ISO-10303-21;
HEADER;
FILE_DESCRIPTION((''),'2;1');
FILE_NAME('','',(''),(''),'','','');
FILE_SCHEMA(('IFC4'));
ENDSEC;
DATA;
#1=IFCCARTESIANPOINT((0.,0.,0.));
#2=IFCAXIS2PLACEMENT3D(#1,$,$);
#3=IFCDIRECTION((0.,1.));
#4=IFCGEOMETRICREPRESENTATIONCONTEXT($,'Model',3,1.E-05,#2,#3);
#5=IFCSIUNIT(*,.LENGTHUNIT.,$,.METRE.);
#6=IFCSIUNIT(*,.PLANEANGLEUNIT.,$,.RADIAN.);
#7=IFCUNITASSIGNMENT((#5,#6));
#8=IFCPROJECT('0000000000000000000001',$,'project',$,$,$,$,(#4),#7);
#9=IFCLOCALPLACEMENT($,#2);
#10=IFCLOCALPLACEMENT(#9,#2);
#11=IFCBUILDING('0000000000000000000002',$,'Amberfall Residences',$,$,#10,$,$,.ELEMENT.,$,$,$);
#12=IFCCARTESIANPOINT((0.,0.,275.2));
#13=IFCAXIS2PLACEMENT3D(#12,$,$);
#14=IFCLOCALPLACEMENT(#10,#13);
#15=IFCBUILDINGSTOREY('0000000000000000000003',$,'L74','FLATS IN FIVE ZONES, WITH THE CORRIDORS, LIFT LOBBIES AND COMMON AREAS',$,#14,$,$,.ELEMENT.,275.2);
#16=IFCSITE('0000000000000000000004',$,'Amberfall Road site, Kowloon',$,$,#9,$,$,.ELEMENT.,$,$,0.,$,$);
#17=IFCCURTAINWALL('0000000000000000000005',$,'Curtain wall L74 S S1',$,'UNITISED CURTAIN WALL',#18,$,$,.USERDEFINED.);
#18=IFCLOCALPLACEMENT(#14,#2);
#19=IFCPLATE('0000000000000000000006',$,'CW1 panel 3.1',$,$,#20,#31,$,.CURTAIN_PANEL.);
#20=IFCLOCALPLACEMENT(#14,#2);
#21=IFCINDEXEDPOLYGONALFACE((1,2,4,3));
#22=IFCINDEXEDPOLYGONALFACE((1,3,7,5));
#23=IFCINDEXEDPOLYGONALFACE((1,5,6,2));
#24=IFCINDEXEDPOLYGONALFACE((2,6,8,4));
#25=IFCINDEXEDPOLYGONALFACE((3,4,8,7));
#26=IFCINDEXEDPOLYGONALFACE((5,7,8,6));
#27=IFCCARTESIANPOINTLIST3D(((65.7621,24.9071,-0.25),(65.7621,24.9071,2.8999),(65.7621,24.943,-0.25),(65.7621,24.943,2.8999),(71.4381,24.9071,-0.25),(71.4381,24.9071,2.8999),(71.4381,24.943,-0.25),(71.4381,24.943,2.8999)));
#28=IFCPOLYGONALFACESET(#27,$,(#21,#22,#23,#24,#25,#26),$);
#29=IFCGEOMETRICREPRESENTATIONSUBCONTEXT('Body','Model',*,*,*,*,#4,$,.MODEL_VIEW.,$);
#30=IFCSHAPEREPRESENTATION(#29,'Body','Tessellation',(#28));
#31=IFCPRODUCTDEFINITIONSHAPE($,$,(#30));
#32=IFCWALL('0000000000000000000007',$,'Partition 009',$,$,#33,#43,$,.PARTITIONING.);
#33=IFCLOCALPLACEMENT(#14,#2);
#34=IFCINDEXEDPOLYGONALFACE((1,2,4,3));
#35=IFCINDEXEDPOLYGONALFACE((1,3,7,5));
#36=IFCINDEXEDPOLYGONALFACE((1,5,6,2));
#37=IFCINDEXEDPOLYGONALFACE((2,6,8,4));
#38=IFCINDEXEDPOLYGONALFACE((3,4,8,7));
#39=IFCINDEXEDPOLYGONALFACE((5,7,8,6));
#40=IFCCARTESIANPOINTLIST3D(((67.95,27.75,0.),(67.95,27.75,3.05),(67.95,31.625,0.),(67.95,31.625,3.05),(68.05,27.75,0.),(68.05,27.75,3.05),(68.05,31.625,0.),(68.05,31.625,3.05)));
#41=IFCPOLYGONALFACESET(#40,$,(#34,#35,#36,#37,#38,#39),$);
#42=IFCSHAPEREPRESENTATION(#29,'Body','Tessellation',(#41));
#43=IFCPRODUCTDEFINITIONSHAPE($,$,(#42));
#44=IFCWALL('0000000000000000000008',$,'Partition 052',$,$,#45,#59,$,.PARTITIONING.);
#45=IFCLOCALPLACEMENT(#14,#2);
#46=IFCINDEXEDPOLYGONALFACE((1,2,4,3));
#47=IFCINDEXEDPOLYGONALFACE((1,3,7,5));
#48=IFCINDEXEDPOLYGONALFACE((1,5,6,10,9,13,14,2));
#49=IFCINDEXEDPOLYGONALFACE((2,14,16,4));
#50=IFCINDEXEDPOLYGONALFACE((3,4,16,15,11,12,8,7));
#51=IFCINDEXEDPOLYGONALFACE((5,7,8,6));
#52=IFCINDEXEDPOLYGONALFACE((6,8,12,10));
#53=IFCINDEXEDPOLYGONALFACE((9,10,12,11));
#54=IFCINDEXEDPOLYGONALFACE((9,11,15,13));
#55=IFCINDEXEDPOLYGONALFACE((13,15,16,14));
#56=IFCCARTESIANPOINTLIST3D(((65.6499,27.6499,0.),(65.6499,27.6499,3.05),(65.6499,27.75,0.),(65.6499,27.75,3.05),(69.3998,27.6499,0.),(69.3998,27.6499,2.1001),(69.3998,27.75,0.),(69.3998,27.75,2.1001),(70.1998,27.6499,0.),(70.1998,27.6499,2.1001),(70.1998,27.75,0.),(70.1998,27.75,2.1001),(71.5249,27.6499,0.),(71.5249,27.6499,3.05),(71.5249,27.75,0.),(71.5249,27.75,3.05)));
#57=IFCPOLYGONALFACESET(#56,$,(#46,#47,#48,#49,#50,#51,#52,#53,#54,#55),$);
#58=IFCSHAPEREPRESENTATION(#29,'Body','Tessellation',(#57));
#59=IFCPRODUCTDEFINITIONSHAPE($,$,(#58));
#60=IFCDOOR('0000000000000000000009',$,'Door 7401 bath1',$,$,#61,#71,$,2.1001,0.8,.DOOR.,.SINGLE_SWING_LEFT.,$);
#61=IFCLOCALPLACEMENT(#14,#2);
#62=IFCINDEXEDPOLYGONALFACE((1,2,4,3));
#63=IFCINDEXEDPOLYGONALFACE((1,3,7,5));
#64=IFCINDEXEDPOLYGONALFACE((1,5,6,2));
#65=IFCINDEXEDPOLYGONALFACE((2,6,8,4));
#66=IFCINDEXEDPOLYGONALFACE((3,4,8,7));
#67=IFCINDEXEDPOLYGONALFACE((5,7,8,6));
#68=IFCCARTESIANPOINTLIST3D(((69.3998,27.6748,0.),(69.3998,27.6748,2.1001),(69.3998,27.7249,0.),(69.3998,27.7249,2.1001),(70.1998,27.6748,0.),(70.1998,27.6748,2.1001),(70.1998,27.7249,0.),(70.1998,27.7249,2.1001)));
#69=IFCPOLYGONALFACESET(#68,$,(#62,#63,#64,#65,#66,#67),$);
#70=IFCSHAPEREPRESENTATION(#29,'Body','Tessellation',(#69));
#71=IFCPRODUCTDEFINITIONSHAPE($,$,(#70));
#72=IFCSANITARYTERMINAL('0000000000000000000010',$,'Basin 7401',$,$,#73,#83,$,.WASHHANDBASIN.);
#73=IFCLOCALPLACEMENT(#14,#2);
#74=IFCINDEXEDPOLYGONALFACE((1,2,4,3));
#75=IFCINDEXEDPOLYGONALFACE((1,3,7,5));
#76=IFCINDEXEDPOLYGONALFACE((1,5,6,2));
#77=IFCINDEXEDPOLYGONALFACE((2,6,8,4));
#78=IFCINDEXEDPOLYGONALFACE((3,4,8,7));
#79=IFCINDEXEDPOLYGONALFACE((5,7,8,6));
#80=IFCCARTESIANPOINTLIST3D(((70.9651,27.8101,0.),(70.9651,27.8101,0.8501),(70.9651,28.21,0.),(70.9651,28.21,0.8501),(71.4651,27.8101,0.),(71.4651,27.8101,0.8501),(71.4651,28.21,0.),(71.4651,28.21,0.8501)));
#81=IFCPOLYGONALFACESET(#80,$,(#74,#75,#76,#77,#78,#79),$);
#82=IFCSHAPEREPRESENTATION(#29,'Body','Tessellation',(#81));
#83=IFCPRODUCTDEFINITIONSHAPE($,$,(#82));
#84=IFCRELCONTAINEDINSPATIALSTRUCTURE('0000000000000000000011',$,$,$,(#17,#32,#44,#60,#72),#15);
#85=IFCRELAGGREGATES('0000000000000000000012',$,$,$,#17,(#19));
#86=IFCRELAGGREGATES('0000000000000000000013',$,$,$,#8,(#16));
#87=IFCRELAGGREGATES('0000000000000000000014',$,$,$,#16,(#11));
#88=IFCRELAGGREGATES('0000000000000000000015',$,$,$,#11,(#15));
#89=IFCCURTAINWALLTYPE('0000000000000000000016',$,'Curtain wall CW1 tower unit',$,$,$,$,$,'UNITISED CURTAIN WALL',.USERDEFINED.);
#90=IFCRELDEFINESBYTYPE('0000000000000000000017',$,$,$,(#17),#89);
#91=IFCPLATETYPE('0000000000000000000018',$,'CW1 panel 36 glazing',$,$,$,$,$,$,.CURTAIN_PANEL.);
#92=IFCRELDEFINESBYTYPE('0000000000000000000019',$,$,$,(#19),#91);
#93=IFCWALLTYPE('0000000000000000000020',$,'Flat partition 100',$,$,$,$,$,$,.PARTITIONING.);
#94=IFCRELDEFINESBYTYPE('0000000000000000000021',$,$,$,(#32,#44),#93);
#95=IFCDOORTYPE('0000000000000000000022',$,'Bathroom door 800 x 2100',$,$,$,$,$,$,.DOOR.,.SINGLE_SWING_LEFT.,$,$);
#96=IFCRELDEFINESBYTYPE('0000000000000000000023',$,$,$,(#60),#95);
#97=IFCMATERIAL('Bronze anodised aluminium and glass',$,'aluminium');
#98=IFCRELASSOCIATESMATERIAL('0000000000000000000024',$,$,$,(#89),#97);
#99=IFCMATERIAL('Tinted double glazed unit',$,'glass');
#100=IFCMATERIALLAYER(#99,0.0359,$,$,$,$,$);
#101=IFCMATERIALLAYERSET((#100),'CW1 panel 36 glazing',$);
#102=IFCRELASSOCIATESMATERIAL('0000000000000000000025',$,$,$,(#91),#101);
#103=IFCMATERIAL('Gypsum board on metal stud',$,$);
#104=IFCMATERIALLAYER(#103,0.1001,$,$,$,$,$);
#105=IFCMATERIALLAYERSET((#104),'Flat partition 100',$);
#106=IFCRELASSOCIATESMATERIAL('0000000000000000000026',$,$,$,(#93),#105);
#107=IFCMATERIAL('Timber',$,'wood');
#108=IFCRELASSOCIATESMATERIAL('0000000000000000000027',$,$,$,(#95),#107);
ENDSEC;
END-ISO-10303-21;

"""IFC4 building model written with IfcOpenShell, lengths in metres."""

from ifc_helpers import new_model, si_unit, direction, frame, frame_2d, origin, origin_2d, place, context, subcontext, project, spatial, rectangle, extrude, material, layer, layer_set, type_object, element, fill, aggregate, save


model = new_model("IFC4")

# Units and contexts
model_context = context("Model", 3, precision=1e-05, world=origin(), true_north=direction((0.0, 1.0)))
body_context = subcontext(model_context, "Body", "Model", "MODEL_VIEW")
ifc_project = project(units=[si_unit("LENGTHUNIT", "METRE"), si_unit("PLANEANGLEUNIT", "RADIAN")], contexts=[model_context])

# Site, building, storey
site_placement = place(None, origin())
site = spatial("IfcSite", under=ifc_project, at=site_placement, Name="Amberfall Road site, Kowloon", CompositionType="ELEMENT", RefElevation=0.0)
building_placement = place(site_placement, origin())
building = spatial("IfcBuilding", under=site, at=building_placement, Name="Amberfall Residences", CompositionType="ELEMENT")
storey_placement = place(building_placement, frame((0.0, 0.0, 275.2)))
storey = spatial("IfcBuildingStorey", under=building, at=storey_placement, Name="L74", Description="FLATS IN FIVE ZONES, WITH THE CORRIDORS, LIFT LOBBIES AND COMMON AREAS", CompositionType="ELEMENT", Elevation=275.2)

# Curtain wall
ifc_material_1 = material(Name="Bronze anodised aluminium and glass", Category="aluminium")
curtain_wall_type = type_object("IfcCurtainWallType", Name="Curtain wall CW1 tower unit", ElementType="UNITISED CURTAIN WALL", PredefinedType="USERDEFINED", material=ifc_material_1)
curtain_wall_placement = place(storey_placement, origin())
curtain_wall = element("IfcCurtainWall", 1, at=curtain_wall_placement, inside=storey, type_object=curtain_wall_type, Name="Curtain wall L74 S S1", ObjectType="UNITISED CURTAIN WALL", PredefinedType="USERDEFINED")

# Plate
ifc_material_2 = material(Name="Tinted double glazed unit", Category="glass")
ifc_layer_1 = layer(ifc_material_2, 0.0359)
ifc_layer_set_1 = layer_set([ifc_layer_1], Name="CW1 panel 36 glazing")
plate_type = type_object("IfcPlateType", Name="CW1 panel 36 glazing", PredefinedType="CURTAIN_PANEL", material=ifc_layer_set_1)
plate_1_placement = place(storey_placement, frame((68.6001, 24.925, -0.25), z_axis=(0.0, 0.0, 1.0), x_axis=(1.0, 0.0, 0.0)))
plate_1 = element("IfcPlate", 2, at=plate_1_placement, type_object=plate_type, Name="CW1 panel 3.1", PredefinedType="CURTAIN_PANEL", context=body_context, shape_type="SweptSolid", body=[
    extrude(rectangle(XDim=5.676, YDim=0.0359, at=origin_2d()), origin(), (0.0, 0.0, 1.0), 3.1499),
])
aggregate(curtain_wall, [plate_1])

# Wall
ifc_material_3 = material(Name="Gypsum board on metal stud")
ifc_layer_2 = layer(ifc_material_3, 0.1001)
ifc_layer_set_2 = layer_set([ifc_layer_2], Name="Flat partition 100")
wall_type = type_object("IfcWallType", Name="Flat partition 100", PredefinedType="PARTITIONING", material=ifc_layer_set_2)
wall_1_placement = place(storey_placement, frame((68.0, 27.75, 0.0), z_axis=(0.0, 0.0, 1.0), x_axis=(0.0, 1.0, 0.0)))
element("IfcWall", 3, at=wall_1_placement, inside=storey, type_object=wall_type, Name="Partition 009", PredefinedType="PARTITIONING", context=body_context, shape_type="SweptSolid", body=[
    extrude(rectangle(XDim=3.875, YDim=0.1001, at=frame_2d((1.9375, 0.0))), origin(), (0.0, 0.0, 1.0), 3.05),
])

# Wall, opening, door
wall_2_placement = place(storey_placement, frame((65.6499, 27.7, 0.0), z_axis=(0.0, 0.0, 1.0), x_axis=(1.0, 0.0, 0.0)))
wall_2 = element("IfcWall", 4, at=wall_2_placement, inside=storey, type_object=wall_type, Name="Partition 052", PredefinedType="PARTITIONING", context=body_context, shape_type="SweptSolid", body=[
    extrude(rectangle(XDim=5.875, YDim=0.1001, at=frame_2d((2.9375, 0.0))), origin(), (0.0, 0.0, 1.0), 3.05),
])
opening_placement = place(wall_2_placement, frame((3.75, 0.0, 0.0)))
opening = element("IfcOpeningElement", 5, at=opening_placement, cuts=wall_2, PredefinedType="OPENING", context=body_context, shape_type="SweptSolid", body=[
    extrude(rectangle(XDim=0.8, YDim=2.1001, at=frame_2d((0.3999, 1.05))), frame((0.0, 0.0601, 0.0), z_axis=(0.0, -1.0, 0.0), x_axis=(1.0, 0.0, 0.0)), (0.0, 0.0, 1.0), 0.1201),
])
ifc_material_4 = material(Name="Timber", Category="wood")
door_type = type_object("IfcDoorType", Name="Bathroom door 800 x 2100", OperationType="SINGLE_SWING_LEFT", PredefinedType="DOOR", material=ifc_material_4)
door_placement = place(opening_placement, origin())
door = element("IfcDoor", 6, at=door_placement, inside=storey, type_object=door_type, Name="Door 7401 bath1", OperationType="SINGLE_SWING_LEFT", OverallHeight=2.1001, OverallWidth=0.8, PredefinedType="DOOR", context=body_context, shape_type="SweptSolid", body=[
    extrude(rectangle(XDim=0.8, YDim=2.1001, at=frame_2d((0.3999, 1.05))), frame((0.0, 0.0249, 0.0), z_axis=(0.0, -1.0, 0.0), x_axis=(1.0, 0.0, 0.0)), (0.0, 0.0, 1.0), 0.05),
])
fill(opening, door)

# Sanitary terminal
sanitary_terminal_placement = place(storey_placement, frame((71.2151, 28.01, 0.0), z_axis=(0.0, 0.0, 1.0), x_axis=(1.0, 0.0, 0.0)))
element("IfcSanitaryTerminal", 7, at=sanitary_terminal_placement, inside=storey, Name="Basin 7401", PredefinedType="WASHHANDBASIN", context=body_context, shape_type="SweptSolid", body=[
    extrude(rectangle(XDim=0.5, YDim=0.3999, at=origin_2d()), origin(), (0.0, 0.0, 1.0), 0.8501),
])

save(model, "model.ifc")
